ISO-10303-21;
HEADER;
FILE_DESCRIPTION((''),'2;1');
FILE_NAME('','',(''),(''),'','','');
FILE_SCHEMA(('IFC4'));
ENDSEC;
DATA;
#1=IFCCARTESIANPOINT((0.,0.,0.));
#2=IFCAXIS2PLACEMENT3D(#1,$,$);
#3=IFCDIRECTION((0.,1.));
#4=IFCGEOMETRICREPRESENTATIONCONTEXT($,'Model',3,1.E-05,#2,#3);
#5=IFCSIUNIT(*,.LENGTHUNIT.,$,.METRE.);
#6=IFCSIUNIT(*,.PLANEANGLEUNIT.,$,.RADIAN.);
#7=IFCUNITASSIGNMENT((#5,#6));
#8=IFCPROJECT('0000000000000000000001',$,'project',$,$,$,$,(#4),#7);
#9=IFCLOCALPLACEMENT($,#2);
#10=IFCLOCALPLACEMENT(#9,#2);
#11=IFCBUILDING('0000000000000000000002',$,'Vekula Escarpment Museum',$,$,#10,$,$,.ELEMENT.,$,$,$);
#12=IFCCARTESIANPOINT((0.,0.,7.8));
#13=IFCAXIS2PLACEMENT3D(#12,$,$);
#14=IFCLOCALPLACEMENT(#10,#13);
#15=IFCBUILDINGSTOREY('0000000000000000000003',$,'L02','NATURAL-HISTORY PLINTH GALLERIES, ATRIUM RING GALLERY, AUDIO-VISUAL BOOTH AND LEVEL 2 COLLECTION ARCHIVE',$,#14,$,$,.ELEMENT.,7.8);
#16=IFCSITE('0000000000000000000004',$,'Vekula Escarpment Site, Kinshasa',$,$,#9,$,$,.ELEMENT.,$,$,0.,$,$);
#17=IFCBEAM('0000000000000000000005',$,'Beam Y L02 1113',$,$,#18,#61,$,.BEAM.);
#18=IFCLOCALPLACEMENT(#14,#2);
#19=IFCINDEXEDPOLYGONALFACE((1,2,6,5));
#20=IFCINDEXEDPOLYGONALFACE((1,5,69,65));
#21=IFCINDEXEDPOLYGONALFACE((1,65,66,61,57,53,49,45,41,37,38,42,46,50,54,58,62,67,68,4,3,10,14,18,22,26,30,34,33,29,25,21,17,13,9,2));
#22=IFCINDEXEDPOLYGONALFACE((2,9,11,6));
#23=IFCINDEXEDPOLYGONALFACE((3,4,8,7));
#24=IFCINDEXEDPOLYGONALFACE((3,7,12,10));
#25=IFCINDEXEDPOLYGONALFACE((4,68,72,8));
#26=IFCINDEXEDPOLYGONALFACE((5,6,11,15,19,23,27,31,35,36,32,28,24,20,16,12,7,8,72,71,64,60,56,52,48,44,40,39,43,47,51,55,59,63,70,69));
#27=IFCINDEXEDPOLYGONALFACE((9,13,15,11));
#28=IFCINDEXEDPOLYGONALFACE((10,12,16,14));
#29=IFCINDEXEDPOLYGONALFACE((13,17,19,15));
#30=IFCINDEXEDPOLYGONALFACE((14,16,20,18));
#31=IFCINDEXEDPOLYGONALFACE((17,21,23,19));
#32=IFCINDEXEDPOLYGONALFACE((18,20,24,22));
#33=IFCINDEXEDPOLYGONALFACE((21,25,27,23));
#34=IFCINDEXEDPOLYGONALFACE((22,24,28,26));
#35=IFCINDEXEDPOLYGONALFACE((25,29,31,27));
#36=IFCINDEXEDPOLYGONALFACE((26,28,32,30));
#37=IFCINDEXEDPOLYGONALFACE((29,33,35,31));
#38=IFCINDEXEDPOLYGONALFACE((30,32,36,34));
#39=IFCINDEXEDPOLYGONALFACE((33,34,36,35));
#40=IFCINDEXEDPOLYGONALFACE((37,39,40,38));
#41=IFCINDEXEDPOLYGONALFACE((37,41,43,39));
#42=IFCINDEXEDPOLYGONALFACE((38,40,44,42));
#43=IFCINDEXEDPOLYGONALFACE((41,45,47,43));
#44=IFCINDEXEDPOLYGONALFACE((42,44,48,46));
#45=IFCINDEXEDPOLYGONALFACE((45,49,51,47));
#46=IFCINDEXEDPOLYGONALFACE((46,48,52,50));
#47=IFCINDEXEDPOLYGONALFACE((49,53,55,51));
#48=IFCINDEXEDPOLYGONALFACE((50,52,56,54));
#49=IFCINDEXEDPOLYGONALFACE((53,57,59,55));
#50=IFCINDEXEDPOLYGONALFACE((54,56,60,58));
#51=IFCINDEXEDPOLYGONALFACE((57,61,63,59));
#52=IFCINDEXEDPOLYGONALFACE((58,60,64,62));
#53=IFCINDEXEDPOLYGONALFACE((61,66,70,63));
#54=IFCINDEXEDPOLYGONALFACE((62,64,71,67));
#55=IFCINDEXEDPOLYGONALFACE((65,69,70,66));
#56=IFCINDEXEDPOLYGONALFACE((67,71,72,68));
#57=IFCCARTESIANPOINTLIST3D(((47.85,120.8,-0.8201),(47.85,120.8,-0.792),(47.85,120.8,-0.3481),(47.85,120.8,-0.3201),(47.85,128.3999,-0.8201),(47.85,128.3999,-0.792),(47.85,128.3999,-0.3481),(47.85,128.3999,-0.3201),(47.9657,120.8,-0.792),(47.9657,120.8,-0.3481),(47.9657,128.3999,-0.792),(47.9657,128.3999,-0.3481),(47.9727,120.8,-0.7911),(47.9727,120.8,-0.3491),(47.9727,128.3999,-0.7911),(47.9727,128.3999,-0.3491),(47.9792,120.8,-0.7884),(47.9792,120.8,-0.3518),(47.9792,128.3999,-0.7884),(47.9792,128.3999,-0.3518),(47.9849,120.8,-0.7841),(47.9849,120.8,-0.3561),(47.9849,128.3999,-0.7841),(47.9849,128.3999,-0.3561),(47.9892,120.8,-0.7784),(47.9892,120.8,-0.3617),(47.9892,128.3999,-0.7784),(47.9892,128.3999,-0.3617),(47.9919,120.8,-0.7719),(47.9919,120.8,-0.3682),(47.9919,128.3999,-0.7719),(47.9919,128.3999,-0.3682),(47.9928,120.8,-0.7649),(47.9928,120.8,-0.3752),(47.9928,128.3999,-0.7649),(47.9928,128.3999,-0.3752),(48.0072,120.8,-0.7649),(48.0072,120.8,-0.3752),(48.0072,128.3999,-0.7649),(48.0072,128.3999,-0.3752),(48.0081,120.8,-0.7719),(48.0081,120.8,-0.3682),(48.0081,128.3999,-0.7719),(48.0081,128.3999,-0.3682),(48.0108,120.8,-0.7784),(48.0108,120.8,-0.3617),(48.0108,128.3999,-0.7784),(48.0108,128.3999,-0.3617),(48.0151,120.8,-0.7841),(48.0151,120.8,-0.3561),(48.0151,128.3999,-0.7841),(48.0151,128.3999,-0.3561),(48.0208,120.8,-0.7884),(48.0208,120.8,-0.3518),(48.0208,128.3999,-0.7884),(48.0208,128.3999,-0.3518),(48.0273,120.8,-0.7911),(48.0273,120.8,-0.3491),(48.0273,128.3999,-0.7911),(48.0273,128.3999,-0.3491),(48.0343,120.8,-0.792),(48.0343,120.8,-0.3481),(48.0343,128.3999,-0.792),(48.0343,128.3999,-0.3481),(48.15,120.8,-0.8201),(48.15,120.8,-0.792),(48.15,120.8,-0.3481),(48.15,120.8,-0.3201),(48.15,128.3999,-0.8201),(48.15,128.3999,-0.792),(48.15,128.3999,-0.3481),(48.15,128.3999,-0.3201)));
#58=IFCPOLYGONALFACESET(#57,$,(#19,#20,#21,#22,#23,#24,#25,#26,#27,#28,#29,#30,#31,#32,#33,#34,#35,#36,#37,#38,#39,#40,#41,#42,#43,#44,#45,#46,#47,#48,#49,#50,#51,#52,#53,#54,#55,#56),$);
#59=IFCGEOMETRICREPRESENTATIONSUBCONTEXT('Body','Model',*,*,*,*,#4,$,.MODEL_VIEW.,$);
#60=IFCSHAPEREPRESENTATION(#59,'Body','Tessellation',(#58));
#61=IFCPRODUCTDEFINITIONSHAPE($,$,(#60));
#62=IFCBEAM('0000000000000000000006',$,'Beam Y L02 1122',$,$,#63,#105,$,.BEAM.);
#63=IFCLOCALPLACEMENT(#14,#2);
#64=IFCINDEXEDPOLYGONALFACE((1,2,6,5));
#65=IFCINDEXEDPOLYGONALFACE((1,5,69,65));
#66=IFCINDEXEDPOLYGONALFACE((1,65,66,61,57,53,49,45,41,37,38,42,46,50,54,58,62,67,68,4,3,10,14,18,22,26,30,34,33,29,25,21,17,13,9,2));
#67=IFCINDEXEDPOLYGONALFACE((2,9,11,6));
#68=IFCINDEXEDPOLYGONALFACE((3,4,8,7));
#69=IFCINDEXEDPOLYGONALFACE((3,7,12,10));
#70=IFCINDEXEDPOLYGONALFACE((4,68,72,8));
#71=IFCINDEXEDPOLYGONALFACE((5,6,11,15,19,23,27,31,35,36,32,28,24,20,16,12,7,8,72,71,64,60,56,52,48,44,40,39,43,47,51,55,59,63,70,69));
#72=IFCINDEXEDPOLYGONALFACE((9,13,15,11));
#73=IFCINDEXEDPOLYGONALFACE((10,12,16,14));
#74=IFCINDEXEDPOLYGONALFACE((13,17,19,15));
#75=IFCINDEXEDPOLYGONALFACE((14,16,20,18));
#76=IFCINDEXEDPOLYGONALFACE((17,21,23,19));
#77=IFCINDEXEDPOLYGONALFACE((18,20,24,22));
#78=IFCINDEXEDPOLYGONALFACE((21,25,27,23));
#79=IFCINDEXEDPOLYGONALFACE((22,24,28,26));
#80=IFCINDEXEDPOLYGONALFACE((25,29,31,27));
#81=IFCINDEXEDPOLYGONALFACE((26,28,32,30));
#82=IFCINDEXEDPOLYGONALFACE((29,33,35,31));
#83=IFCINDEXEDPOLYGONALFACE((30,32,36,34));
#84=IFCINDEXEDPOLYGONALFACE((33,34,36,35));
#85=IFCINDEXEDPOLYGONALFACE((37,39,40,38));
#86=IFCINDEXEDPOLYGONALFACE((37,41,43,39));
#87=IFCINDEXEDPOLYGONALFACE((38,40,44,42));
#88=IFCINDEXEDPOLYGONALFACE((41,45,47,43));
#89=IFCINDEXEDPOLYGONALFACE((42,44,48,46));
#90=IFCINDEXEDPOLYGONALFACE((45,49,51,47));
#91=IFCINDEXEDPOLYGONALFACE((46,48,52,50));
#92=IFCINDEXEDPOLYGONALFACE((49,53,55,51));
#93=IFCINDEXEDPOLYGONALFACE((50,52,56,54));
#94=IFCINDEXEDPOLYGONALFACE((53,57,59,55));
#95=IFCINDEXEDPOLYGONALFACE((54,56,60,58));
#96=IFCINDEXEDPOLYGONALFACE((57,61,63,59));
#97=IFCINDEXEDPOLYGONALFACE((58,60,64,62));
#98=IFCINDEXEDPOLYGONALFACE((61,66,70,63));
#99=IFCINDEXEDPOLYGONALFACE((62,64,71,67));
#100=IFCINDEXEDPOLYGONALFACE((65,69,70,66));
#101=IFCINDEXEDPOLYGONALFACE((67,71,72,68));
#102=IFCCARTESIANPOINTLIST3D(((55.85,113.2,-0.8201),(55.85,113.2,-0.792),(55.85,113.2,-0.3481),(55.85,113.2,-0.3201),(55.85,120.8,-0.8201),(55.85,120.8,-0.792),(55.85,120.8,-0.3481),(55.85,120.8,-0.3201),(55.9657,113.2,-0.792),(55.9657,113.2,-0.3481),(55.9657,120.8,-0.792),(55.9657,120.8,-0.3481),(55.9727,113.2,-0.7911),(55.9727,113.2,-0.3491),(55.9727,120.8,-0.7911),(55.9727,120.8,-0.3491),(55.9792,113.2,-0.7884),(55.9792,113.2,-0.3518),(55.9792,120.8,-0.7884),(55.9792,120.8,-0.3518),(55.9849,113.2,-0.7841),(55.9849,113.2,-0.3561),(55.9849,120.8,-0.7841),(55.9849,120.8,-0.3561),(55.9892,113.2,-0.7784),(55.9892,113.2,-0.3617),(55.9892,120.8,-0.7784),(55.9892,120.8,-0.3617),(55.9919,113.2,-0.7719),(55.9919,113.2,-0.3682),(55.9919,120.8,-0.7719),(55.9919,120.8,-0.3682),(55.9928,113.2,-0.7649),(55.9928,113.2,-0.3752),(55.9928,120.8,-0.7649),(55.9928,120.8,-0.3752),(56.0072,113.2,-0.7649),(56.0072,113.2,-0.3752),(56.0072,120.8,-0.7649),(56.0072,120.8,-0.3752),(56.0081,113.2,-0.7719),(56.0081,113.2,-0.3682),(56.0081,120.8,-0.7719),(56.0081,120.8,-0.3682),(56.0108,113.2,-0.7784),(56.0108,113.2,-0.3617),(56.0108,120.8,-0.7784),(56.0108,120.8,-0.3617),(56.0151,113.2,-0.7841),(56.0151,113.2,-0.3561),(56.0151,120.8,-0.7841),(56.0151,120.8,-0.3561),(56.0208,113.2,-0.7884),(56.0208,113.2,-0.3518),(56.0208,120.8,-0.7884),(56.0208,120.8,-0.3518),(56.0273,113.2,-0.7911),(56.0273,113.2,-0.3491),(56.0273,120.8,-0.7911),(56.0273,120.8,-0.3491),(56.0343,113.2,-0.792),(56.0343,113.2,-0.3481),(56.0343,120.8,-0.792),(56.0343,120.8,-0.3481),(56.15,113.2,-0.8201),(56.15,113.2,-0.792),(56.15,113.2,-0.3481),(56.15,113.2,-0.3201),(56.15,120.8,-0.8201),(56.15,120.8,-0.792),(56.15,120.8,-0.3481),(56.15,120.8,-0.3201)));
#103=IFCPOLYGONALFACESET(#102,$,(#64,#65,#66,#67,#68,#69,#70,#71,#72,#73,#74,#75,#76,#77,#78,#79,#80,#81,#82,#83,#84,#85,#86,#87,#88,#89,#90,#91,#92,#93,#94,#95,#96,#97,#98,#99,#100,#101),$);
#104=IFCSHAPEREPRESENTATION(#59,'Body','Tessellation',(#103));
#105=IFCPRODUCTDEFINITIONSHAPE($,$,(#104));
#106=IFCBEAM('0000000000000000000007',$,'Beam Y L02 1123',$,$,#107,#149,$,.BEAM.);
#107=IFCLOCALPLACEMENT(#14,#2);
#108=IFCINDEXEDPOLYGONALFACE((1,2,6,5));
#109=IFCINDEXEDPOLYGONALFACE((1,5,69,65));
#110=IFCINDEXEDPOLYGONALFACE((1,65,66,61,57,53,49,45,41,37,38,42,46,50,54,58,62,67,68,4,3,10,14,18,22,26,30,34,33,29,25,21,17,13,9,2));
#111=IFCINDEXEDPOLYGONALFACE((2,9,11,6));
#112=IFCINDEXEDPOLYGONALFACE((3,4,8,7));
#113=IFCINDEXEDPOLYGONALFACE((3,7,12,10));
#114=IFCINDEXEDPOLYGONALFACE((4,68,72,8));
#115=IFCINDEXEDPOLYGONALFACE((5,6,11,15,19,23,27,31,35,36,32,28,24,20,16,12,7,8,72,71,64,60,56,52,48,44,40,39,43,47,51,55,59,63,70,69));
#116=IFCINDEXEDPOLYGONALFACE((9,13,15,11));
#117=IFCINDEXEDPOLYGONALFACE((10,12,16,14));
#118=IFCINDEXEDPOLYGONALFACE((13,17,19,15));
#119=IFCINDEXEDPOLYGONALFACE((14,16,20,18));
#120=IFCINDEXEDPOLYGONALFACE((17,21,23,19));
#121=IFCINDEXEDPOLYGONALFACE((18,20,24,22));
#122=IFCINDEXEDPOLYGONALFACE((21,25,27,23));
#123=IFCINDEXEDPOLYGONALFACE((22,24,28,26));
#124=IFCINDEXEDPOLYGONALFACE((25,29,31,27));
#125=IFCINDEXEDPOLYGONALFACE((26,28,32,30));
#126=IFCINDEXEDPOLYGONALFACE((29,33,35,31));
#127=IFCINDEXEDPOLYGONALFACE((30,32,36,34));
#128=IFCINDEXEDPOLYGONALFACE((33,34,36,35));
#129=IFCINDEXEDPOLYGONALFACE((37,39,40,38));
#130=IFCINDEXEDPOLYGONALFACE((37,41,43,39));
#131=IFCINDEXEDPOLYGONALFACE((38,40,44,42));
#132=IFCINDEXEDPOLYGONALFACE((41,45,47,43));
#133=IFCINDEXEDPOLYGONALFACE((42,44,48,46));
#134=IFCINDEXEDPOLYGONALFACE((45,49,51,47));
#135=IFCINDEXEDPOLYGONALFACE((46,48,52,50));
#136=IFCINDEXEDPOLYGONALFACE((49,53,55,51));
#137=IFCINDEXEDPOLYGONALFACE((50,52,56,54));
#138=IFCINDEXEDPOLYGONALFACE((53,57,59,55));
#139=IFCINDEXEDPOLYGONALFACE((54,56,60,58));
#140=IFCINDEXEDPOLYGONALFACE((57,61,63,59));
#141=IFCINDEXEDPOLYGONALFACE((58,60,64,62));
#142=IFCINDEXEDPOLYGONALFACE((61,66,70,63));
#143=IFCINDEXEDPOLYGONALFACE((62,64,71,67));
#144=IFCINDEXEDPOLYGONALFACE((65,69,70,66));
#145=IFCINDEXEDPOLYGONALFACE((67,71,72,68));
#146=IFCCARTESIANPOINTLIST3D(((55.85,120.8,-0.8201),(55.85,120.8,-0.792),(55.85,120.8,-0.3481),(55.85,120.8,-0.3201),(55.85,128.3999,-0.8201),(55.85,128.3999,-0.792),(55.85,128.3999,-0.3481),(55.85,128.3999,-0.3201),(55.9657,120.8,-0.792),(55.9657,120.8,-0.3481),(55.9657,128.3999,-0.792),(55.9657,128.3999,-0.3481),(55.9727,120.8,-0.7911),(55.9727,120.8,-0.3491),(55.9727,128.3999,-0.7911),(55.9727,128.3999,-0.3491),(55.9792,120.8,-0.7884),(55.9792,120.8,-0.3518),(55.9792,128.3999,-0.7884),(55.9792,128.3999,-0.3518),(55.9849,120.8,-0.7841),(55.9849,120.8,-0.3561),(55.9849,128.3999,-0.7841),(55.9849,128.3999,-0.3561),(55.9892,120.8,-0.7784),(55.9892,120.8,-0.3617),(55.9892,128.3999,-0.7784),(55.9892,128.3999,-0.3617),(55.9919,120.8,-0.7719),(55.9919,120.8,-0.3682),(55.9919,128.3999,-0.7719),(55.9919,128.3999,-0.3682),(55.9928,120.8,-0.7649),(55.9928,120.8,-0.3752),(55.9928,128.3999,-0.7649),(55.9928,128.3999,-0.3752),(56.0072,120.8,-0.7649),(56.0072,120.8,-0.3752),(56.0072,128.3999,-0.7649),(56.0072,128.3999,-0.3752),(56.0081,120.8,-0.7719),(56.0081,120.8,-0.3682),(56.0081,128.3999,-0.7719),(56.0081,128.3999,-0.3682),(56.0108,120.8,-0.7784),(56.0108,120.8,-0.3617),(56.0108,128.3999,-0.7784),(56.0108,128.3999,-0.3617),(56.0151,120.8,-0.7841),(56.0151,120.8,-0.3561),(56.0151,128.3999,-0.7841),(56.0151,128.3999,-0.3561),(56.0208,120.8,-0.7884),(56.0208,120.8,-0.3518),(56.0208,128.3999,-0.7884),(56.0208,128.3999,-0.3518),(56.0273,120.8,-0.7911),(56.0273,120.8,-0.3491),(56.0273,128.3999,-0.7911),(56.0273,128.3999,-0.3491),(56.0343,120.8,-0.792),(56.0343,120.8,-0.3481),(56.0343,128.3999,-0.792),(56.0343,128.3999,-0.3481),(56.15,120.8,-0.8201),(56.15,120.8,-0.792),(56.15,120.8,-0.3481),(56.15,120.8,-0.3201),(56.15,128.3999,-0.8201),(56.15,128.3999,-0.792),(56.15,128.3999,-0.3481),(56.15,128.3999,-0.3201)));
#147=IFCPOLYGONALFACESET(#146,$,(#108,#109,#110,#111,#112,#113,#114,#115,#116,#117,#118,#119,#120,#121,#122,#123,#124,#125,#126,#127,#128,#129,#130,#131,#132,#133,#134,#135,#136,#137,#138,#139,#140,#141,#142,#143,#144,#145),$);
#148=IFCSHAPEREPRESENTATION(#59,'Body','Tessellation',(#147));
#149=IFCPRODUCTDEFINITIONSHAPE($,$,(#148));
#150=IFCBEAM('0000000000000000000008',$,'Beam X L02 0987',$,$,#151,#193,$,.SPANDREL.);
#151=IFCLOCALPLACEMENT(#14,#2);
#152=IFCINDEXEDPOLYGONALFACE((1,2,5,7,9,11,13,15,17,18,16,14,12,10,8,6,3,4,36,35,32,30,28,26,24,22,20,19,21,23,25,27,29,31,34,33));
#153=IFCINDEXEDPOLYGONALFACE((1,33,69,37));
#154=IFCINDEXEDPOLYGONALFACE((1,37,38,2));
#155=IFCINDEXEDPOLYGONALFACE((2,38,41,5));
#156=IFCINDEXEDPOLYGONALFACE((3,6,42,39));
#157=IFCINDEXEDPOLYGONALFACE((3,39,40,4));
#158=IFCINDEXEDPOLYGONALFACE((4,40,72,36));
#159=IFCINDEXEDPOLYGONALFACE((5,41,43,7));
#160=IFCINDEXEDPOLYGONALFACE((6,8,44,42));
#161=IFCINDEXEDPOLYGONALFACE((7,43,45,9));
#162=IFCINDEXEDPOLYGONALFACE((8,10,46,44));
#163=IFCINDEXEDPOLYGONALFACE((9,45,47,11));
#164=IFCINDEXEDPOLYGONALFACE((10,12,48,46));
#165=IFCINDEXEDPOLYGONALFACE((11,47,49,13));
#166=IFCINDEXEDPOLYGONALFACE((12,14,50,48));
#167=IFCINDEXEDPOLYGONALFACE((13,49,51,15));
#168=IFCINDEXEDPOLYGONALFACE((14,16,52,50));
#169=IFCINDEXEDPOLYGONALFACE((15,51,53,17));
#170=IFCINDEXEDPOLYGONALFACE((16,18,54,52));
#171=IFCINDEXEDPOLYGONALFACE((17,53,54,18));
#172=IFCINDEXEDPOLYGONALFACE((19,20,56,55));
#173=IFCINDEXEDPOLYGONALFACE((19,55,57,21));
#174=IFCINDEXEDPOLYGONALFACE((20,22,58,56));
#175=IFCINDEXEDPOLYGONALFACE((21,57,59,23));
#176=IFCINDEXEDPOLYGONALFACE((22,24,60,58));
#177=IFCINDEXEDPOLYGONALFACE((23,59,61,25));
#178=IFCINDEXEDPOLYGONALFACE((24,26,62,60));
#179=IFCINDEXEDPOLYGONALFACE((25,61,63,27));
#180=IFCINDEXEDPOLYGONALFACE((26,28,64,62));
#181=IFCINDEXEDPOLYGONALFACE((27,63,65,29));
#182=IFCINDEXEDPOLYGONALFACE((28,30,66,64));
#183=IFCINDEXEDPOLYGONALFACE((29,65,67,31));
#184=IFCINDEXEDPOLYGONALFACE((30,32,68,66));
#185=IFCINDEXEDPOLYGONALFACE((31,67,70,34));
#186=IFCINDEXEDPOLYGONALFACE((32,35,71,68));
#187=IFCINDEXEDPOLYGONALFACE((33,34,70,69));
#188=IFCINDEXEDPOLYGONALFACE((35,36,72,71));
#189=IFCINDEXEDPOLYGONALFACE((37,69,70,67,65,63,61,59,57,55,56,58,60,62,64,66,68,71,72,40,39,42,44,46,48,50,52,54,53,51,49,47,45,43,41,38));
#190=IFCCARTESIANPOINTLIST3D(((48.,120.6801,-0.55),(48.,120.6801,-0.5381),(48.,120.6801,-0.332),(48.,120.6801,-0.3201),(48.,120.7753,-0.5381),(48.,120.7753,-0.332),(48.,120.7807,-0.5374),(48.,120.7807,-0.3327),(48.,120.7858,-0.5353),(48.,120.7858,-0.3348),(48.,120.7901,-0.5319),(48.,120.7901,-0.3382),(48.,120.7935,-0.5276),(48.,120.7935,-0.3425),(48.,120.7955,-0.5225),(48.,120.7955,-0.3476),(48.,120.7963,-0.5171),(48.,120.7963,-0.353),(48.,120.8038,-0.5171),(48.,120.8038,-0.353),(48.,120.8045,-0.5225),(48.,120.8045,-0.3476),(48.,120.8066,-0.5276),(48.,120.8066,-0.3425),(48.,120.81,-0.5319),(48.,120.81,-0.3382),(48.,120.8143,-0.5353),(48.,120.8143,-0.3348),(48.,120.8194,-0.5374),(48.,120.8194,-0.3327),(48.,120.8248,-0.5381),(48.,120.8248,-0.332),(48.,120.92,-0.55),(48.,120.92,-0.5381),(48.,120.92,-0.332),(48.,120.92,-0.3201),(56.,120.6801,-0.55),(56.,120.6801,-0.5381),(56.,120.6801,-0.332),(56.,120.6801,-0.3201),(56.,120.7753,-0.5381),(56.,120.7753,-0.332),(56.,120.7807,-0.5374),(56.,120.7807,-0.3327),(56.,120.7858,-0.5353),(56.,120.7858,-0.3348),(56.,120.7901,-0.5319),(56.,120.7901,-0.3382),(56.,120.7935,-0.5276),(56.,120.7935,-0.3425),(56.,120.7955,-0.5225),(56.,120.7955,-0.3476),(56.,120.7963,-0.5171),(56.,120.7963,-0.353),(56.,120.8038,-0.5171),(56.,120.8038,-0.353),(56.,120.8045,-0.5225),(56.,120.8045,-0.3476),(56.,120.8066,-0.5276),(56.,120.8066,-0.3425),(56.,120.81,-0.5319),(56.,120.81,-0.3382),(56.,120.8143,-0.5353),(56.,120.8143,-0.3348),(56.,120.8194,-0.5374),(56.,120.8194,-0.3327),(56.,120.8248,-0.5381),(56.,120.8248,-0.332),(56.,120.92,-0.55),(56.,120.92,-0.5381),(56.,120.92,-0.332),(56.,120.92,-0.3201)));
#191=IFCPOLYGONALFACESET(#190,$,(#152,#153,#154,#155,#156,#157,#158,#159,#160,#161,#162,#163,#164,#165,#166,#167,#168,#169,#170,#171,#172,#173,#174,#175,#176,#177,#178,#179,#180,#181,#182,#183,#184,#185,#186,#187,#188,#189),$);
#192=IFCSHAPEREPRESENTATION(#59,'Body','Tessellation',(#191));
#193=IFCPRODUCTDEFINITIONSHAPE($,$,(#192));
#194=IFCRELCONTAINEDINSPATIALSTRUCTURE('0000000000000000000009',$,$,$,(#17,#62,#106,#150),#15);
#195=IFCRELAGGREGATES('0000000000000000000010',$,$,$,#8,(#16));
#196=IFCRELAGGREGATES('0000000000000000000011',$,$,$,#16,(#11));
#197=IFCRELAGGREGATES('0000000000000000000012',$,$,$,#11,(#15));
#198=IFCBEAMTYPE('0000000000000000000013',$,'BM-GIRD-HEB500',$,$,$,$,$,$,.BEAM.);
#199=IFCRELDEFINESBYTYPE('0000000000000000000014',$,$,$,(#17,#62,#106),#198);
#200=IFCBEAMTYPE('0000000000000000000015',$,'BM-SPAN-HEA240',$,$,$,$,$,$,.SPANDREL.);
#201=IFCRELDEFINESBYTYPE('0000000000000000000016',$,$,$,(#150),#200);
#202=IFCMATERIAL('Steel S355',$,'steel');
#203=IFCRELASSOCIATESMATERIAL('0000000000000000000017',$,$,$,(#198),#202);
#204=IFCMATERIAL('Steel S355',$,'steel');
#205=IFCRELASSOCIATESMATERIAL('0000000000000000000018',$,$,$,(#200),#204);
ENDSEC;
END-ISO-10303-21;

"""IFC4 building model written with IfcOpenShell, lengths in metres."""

from ifc_helpers import new_model, si_unit, direction, frame, origin, origin_2d, place, context, subcontext, project, spatial, i_section, extrude, material, material_profile, profile_set, type_object, element, save


model = new_model("IFC4")

# Units and contexts
model_context = context("Model", 3, precision=1e-05, world=origin(), true_north=direction((0.0, 1.0)))
body_context = subcontext(model_context, "Body", "Model", "MODEL_VIEW")
ifc_project = project(units=[si_unit("LENGTHUNIT", "METRE"), si_unit("PLANEANGLEUNIT", "RADIAN")], contexts=[model_context])

# Site, building, storey
site_placement = place(None, origin())
site = spatial("IfcSite", under=ifc_project, at=site_placement, Name="Vekula Escarpment Site, Kinshasa", CompositionType="ELEMENT", RefElevation=0.0)
building_placement = place(site_placement, origin())
building = spatial("IfcBuilding", under=site, at=building_placement, Name="Vekula Escarpment Museum", CompositionType="ELEMENT")
storey_placement = place(building_placement, frame((0.0, 0.0, 7.8)))
storey = spatial("IfcBuildingStorey", under=building, at=storey_placement, Name="L02", Description="NATURAL-HISTORY PLINTH GALLERIES, ATRIUM RING GALLERY, AUDIO-VISUAL BOOTH AND LEVEL 2 COLLECTION ARCHIVE", CompositionType="ELEMENT", Elevation=7.8)

# Beams
ifc_material_1 = material(Name="Steel S355", Category="steel")
ifc_material_profile_1 = material_profile(ifc_material_1, i_section(OverallWidth=0.3, OverallDepth=0.5, WebThickness=0.0144, FlangeThickness=0.0281, FilletRadius=0.0271, at=origin_2d()), Name="HEB 500")
ifc_profile_set_1 = profile_set([ifc_material_profile_1], Name="Steel S355")
beam_type_1 = type_object("IfcBeamType", Name="BM-GIRD-HEB500", PredefinedType="BEAM", material=ifc_profile_set_1)
beam_1_placement = place(storey_placement, frame((48.0, 120.8, -0.5701), z_axis=(0.0, 1.0, 0.0), x_axis=(-1.0, 0.0, 0.0)))
element("IfcBeam", 1, at=beam_1_placement, inside=storey, type_object=beam_type_1, Name="Beam Y L02 1113", PredefinedType="BEAM", context=body_context, shape_type="SweptSolid", body=[
    extrude(i_section(OverallWidth=0.3, OverallDepth=0.5, WebThickness=0.0144, FlangeThickness=0.0281, FilletRadius=0.0271, at=origin_2d()), origin(), (0.0, 0.0, 1.0), 7.5999),
])
beam_2_placement = place(storey_placement, frame((56.0, 113.2, -0.5701), z_axis=(0.0, 1.0, 0.0), x_axis=(-1.0, 0.0, 0.0)))
element("IfcBeam", 2, at=beam_2_placement, inside=storey, type_object=beam_type_1, Name="Beam Y L02 1122", PredefinedType="BEAM", context=body_context, shape_type="SweptSolid", body=[
    extrude(i_section(OverallWidth=0.3, OverallDepth=0.5, WebThickness=0.0144, FlangeThickness=0.0281, FilletRadius=0.0271, at=origin_2d()), origin(), (0.0, 0.0, 1.0), 7.6001),
])
beam_3_placement = place(storey_placement, frame((56.0, 120.8, -0.5701), z_axis=(0.0, 1.0, 0.0), x_axis=(-1.0, 0.0, 0.0)))
element("IfcBeam", 3, at=beam_3_placement, inside=storey, type_object=beam_type_1, Name="Beam Y L02 1123", PredefinedType="BEAM", context=body_context, shape_type="SweptSolid", body=[
    extrude(i_section(OverallWidth=0.3, OverallDepth=0.5, WebThickness=0.0144, FlangeThickness=0.0281, FilletRadius=0.0271, at=origin_2d()), origin(), (0.0, 0.0, 1.0), 7.5999),
])
ifc_material_2 = material(Name="Steel S355", Category="steel")
ifc_material_profile_2 = material_profile(ifc_material_2, i_section(OverallWidth=0.24, OverallDepth=0.23, WebThickness=0.0076, FlangeThickness=0.012, FilletRadius=0.021, at=origin_2d()), Name="HEA 240")
ifc_profile_set_2 = profile_set([ifc_material_profile_2], Name="Steel S355")
beam_type_2 = type_object("IfcBeamType", Name="BM-SPAN-HEA240", PredefinedType="SPANDREL", material=ifc_profile_set_2)
beam_4_placement = place(storey_placement, frame((48.0, 120.8, -0.4351), z_axis=(1.0, 0.0, 0.0), x_axis=(0.0, 1.0, 0.0)))
element("IfcBeam", 4, at=beam_4_placement, inside=storey, type_object=beam_type_2, Name="Beam X L02 0987", PredefinedType="SPANDREL", context=body_context, shape_type="SweptSolid", body=[
    extrude(i_section(OverallWidth=0.24, OverallDepth=0.23, WebThickness=0.0076, FlangeThickness=0.012, FilletRadius=0.021, at=origin_2d()), origin(), (0.0, 0.0, 1.0), 8.0),
])

save(model, "model.ifc")
